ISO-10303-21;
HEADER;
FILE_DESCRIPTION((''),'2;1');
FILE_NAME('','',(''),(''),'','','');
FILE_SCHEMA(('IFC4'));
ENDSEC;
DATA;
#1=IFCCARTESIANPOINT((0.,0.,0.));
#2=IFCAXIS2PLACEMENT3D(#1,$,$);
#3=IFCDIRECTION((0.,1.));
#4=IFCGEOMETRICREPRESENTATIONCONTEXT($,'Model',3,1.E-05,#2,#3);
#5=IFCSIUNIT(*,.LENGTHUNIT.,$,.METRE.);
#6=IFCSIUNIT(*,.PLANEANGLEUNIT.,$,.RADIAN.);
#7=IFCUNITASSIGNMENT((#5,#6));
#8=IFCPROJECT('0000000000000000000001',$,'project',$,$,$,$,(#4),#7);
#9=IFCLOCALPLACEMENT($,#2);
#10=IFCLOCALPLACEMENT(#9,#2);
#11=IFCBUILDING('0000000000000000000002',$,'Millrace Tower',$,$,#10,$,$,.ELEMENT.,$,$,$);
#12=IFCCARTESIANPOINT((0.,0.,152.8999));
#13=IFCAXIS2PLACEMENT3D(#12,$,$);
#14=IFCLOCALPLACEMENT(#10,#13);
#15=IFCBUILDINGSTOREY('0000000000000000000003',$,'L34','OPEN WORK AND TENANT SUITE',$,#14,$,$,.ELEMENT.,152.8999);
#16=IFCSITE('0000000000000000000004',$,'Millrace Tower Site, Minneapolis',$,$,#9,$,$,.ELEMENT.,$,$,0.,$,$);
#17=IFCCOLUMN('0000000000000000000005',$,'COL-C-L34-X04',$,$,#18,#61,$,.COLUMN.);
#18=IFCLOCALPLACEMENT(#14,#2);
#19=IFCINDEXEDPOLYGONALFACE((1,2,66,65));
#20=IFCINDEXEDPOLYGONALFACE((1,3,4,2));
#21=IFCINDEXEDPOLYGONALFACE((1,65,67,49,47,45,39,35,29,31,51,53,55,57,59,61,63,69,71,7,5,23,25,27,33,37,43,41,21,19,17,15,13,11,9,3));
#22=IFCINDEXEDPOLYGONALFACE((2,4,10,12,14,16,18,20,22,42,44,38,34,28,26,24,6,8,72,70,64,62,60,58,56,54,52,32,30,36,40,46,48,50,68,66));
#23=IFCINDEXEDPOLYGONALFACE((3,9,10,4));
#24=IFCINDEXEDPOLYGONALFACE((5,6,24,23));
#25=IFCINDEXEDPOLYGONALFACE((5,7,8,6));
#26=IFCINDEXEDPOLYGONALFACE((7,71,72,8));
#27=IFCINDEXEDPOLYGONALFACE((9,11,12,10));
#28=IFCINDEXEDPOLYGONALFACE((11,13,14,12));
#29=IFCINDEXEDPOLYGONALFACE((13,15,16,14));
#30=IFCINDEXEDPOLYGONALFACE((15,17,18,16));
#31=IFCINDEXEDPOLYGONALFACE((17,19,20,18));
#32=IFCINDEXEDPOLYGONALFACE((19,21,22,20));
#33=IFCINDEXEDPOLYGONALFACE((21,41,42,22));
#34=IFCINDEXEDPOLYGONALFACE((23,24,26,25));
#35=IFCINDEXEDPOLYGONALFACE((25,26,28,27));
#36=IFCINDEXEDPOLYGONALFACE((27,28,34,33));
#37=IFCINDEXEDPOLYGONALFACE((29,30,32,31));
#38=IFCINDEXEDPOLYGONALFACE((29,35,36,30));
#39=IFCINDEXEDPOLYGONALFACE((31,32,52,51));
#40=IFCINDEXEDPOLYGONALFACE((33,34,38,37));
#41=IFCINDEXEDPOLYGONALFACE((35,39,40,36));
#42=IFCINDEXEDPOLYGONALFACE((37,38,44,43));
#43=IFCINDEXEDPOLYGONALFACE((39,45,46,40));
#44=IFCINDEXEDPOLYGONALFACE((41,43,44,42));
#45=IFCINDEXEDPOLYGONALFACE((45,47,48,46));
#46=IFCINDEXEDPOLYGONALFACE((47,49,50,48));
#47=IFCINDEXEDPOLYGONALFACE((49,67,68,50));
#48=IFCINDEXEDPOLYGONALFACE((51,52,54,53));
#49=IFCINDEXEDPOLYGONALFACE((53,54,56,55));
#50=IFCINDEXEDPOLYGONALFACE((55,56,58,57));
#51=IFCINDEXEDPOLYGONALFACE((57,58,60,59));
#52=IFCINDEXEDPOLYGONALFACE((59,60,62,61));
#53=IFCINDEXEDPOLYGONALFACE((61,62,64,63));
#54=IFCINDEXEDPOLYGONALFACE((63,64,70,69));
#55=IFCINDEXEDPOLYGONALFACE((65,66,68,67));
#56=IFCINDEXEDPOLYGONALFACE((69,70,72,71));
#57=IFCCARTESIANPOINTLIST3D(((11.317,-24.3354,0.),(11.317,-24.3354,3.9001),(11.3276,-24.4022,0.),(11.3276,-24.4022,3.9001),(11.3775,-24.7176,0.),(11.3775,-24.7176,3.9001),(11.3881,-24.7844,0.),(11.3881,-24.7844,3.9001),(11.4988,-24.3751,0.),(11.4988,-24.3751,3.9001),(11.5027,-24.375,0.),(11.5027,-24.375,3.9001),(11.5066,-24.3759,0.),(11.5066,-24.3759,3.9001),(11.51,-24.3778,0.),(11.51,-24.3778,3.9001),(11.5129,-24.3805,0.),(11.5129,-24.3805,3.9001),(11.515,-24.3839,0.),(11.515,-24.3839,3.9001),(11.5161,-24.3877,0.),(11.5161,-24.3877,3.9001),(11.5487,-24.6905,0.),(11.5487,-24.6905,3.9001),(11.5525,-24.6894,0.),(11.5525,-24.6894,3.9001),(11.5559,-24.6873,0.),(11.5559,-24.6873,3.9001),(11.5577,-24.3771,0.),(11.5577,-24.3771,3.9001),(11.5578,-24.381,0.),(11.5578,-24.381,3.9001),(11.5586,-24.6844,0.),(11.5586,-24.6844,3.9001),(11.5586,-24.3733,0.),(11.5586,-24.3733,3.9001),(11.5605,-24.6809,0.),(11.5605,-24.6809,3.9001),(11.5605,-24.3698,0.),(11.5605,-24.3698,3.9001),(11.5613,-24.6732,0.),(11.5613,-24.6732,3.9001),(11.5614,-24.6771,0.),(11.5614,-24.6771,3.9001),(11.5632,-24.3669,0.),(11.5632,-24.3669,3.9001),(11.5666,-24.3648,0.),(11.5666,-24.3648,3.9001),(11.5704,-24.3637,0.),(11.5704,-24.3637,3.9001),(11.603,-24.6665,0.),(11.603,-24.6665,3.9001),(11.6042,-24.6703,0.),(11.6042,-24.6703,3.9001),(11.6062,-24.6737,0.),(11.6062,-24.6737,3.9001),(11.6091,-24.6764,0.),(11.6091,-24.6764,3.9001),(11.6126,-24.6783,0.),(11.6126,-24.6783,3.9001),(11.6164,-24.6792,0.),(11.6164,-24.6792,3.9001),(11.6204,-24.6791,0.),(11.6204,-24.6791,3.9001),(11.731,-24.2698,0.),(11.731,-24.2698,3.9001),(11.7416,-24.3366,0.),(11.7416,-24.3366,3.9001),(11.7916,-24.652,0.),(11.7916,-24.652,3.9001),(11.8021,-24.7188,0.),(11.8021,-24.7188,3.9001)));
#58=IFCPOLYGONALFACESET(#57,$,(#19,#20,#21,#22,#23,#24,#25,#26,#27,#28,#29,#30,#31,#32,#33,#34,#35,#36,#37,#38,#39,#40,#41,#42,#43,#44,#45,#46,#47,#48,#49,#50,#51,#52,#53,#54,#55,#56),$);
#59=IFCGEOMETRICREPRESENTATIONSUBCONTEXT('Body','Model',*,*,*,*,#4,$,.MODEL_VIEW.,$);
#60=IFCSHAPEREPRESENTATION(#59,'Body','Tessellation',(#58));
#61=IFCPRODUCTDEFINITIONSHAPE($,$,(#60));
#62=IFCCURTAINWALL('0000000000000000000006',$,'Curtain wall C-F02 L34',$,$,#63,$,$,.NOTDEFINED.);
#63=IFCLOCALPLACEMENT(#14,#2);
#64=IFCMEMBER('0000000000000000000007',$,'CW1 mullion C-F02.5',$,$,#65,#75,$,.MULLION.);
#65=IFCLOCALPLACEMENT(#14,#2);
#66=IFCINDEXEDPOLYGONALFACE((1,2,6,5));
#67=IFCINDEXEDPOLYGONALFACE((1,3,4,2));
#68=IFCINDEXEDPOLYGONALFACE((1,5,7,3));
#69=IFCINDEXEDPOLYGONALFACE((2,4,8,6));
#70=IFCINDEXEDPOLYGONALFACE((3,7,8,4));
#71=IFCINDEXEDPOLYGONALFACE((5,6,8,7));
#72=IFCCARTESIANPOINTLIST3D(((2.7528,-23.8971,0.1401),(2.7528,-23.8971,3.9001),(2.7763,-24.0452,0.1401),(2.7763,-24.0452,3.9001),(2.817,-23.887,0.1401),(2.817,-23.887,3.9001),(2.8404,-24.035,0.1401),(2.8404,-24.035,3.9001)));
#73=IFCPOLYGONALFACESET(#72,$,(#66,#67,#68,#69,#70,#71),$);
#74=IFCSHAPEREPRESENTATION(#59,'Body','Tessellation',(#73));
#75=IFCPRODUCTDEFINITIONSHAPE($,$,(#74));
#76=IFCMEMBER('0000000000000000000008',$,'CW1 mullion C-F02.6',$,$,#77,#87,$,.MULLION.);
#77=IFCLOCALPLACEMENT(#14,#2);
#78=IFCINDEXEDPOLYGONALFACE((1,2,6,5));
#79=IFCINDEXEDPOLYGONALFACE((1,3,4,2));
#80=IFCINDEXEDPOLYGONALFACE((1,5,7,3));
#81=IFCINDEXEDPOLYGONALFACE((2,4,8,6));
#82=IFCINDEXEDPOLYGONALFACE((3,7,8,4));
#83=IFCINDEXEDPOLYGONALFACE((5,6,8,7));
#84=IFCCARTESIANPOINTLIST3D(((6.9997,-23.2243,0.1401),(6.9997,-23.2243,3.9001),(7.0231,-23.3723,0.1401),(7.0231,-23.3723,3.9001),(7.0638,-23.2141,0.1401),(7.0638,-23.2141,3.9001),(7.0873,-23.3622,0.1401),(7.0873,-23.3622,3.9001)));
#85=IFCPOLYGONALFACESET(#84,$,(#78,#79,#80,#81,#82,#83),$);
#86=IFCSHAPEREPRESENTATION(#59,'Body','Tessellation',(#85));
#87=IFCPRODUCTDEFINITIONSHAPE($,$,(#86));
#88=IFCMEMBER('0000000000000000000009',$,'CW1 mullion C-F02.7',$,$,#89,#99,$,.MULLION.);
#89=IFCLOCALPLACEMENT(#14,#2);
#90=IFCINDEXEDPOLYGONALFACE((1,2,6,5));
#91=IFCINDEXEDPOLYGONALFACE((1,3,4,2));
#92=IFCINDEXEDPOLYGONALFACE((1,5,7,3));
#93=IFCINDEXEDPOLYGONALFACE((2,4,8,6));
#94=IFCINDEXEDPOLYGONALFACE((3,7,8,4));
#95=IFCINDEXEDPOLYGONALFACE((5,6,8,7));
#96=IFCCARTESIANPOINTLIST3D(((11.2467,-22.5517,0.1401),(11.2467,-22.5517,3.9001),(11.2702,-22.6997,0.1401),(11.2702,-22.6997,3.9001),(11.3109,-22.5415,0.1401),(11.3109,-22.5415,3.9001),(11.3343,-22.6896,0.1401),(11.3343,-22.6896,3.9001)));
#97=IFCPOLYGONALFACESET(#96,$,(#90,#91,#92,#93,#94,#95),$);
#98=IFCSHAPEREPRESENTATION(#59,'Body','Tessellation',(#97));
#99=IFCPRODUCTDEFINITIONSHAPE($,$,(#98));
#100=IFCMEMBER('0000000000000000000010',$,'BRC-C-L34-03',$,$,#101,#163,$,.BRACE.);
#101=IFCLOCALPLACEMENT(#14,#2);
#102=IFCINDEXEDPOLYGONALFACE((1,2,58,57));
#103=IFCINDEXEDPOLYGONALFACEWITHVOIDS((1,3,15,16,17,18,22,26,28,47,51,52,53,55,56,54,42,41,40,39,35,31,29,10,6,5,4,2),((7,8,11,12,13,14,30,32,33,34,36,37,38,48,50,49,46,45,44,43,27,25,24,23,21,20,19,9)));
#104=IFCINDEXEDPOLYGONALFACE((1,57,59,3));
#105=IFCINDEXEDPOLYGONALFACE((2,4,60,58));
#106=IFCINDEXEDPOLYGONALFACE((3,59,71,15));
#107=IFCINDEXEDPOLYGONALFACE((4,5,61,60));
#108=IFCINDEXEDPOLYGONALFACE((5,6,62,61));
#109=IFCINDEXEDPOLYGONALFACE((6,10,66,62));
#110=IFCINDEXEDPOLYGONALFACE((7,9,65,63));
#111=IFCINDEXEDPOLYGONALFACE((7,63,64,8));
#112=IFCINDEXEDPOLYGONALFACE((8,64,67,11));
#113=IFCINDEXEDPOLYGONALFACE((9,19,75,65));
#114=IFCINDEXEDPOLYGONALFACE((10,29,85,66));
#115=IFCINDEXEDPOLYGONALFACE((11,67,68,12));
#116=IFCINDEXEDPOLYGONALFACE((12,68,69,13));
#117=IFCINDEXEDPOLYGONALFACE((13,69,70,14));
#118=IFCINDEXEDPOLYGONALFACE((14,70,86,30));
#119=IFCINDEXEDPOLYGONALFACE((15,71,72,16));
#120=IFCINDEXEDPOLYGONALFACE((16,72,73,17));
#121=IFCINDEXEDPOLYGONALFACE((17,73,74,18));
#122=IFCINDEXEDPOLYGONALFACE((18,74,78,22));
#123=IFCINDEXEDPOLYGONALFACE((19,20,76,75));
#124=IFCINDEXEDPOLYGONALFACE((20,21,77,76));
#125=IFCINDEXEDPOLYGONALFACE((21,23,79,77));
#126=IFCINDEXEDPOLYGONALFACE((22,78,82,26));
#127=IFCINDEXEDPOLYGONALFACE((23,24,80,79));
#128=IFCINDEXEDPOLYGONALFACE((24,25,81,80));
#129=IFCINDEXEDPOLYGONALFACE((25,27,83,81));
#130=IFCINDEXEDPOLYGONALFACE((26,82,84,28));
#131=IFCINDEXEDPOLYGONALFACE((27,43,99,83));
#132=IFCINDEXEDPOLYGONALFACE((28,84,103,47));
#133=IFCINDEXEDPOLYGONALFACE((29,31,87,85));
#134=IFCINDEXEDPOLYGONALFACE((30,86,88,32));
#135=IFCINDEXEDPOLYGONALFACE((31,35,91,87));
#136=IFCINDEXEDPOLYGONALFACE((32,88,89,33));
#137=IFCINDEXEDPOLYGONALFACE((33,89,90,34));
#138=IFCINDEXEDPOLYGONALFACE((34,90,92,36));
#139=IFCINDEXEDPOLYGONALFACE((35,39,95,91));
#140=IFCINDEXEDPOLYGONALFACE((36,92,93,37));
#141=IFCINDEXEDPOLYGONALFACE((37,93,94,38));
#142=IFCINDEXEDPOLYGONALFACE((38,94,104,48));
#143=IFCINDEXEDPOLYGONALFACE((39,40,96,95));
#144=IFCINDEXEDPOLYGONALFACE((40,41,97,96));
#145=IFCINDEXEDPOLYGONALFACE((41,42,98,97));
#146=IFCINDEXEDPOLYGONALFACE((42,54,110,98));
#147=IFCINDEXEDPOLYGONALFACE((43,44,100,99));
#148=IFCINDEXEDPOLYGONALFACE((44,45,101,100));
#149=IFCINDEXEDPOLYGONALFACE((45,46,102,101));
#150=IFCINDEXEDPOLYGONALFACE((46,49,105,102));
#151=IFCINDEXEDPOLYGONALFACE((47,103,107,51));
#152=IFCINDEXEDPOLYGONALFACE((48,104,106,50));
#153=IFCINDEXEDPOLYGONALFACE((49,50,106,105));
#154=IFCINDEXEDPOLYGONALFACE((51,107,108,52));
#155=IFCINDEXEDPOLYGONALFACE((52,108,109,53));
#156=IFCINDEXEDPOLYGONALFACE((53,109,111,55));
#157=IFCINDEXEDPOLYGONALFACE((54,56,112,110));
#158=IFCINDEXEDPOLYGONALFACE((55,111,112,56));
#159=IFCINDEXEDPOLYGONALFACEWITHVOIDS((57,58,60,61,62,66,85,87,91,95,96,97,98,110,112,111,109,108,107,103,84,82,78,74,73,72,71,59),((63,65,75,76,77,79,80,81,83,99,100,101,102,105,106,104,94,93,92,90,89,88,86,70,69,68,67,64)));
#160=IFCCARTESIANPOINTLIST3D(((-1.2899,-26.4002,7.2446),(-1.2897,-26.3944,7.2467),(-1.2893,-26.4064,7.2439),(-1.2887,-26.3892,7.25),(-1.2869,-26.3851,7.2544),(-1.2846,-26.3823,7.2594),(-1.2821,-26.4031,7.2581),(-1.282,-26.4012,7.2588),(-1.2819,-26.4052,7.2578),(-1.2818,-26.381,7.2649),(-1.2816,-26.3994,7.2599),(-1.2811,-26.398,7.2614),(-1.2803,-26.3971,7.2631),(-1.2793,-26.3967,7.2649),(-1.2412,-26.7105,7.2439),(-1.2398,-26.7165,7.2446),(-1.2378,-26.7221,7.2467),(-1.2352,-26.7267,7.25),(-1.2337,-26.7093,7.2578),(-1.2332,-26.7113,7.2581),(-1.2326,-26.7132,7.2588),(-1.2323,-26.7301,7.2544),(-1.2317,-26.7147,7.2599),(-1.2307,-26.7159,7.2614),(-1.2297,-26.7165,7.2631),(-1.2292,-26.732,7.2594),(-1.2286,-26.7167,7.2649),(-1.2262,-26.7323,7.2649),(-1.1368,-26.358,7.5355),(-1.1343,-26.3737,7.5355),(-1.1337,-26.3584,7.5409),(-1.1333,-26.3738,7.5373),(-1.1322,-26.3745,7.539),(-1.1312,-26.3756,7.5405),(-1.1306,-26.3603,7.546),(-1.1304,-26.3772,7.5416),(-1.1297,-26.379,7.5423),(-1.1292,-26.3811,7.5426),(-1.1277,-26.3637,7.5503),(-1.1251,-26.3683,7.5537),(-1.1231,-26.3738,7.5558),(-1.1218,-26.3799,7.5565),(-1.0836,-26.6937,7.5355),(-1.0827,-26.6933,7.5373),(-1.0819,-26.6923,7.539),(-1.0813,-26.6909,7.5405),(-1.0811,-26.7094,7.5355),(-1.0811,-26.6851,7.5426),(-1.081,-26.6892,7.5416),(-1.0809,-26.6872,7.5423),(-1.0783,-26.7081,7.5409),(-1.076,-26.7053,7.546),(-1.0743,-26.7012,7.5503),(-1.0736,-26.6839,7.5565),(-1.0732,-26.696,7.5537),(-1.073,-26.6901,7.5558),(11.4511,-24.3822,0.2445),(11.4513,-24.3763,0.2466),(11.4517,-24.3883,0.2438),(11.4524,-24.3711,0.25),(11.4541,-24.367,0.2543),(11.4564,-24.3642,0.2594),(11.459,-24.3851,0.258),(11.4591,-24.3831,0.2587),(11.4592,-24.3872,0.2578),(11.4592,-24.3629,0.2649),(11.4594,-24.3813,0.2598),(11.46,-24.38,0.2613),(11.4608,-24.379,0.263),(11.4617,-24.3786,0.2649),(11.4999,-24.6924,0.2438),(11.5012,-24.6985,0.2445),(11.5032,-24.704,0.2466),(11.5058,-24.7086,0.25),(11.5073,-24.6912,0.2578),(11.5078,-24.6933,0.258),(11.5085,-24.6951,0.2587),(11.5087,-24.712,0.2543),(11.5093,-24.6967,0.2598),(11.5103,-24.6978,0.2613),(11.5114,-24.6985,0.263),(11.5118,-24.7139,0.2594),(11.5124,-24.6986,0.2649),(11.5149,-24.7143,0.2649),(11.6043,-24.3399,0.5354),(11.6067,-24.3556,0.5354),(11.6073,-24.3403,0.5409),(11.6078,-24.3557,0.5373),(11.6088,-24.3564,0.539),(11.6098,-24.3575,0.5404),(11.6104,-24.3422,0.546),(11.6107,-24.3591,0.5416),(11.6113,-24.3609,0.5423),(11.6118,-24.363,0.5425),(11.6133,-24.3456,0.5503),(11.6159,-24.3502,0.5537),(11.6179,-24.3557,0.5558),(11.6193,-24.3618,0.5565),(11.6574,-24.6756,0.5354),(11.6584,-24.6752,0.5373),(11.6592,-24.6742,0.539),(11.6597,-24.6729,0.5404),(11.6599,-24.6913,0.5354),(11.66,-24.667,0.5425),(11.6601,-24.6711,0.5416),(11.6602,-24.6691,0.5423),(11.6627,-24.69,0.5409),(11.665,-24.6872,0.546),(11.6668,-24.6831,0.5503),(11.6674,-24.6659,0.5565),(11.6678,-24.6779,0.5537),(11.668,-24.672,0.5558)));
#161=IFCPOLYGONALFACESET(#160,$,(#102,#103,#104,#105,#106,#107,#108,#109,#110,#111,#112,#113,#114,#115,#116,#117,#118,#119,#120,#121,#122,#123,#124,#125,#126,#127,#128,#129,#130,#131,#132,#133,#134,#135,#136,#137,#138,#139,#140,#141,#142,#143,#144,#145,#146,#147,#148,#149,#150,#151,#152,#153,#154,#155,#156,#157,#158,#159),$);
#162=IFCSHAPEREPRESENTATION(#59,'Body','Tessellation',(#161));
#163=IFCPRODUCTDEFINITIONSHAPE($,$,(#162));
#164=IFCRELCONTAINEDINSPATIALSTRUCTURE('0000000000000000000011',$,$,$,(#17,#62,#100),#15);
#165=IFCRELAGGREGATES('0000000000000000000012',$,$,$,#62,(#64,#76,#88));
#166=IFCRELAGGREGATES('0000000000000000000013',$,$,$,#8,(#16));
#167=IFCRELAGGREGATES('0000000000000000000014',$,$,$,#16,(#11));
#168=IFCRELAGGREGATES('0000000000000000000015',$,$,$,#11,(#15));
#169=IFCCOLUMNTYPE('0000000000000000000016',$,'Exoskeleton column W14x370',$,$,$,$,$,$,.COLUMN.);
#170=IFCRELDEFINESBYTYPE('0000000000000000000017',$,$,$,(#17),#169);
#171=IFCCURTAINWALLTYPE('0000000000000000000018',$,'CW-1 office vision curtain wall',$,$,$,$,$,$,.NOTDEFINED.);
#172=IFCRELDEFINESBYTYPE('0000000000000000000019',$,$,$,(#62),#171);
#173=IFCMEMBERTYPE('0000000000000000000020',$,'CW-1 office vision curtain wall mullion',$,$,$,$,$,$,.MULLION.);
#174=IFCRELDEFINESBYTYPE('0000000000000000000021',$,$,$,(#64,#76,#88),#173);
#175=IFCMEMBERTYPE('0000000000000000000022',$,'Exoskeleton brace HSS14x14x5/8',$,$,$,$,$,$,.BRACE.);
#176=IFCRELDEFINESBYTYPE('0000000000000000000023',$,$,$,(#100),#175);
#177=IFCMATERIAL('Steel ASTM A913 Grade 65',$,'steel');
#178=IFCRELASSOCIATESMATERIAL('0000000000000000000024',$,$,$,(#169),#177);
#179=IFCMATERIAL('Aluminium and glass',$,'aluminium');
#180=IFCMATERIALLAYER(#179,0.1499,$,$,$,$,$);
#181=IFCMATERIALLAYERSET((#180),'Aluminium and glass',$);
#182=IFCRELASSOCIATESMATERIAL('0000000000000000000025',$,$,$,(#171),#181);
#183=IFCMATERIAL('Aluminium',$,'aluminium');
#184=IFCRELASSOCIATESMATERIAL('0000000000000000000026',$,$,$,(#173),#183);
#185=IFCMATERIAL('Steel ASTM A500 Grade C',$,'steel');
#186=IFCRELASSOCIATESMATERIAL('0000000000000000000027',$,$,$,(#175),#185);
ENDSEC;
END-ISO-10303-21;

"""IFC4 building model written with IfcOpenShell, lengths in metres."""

from ifc_helpers import new_model, si_unit, direction, frame, origin, origin_2d, place, context, subcontext, project, spatial, rectangle, hollow_rectangle, i_section, extrude, material, layer, layer_set, material_profile, profile_set, type_object, element, aggregate, save


model = new_model("IFC4")

# Units and contexts
model_context = context("Model", 3, precision=1e-05, world=origin(), true_north=direction((0.0, 1.0)))
body_context = subcontext(model_context, "Body", "Model", "MODEL_VIEW")
ifc_project = project(units=[si_unit("LENGTHUNIT", "METRE"), si_unit("PLANEANGLEUNIT", "RADIAN")], contexts=[model_context])

# Site, building, storey
site_placement = place(None, origin())
site = spatial("IfcSite", under=ifc_project, at=site_placement, Name="Millrace Tower Site, Minneapolis", CompositionType="ELEMENT", RefElevation=0.0)
building_placement = place(site_placement, origin())
building = spatial("IfcBuilding", under=site, at=building_placement, Name="Millrace Tower", CompositionType="ELEMENT")
storey_placement = place(building_placement, frame((0.0, 0.0, 152.8999)))
storey = spatial("IfcBuildingStorey", under=building, at=storey_placement, Name="L34", Description="OPEN WORK AND TENANT SUITE", CompositionType="ELEMENT", Elevation=152.8999)

# Column
ifc_material_1 = material(Name="Steel ASTM A913 Grade 65", Category="steel")
ifc_material_profile_1 = material_profile(ifc_material_1, i_section(OverallWidth=0.4192, OverallDepth=0.4546, WebThickness=0.0422, FlangeThickness=0.0676, FilletRadius=0.0151, at=origin_2d()))
ifc_profile_set_1 = profile_set([ifc_material_profile_1], Name="Steel ASTM A913 Grade 65")
column_type = type_object("IfcColumnType", Name="Exoskeleton column W14x370", PredefinedType="COLUMN", material=ifc_profile_set_1)
column_placement = place(storey_placement, frame((11.5596, -24.5271, 0.0), z_axis=(0.0, 0.0, 1.0), x_axis=(0.987688, 0.156434, 0.0)))
element("IfcColumn", 1, at=column_placement, inside=storey, type_object=column_type, Name="COL-C-L34-X04", PredefinedType="COLUMN", context=body_context, shape_type="SweptSolid", body=[
    extrude(i_section(OverallWidth=0.4192, OverallDepth=0.4546, WebThickness=0.0422, FlangeThickness=0.0676, FilletRadius=0.0151, at=origin_2d()), origin(), (0.0, 0.0, 1.0), 3.9001),
])

# Curtain wall, members
ifc_material_2 = material(Name="Aluminium and glass", Category="aluminium")
ifc_layer_1 = layer(ifc_material_2, 0.1499)
ifc_layer_set_1 = layer_set([ifc_layer_1], Name="Aluminium and glass")
curtain_wall_type = type_object("IfcCurtainWallType", Name="CW-1 office vision curtain wall", PredefinedType="NOTDEFINED", material=ifc_layer_set_1)
placement = place(storey_placement, origin())
curtain_wall = element("IfcCurtainWall", 2, at=placement, inside=storey, type_object=curtain_wall_type, Name="Curtain wall C-F02 L34", PredefinedType="NOTDEFINED")
ifc_material_3 = material(Name="Aluminium", Category="aluminium")
ifc_material_profile_2 = material_profile(ifc_material_3, rectangle(XDim=0.0649, YDim=0.1499, at=origin_2d()))
ifc_profile_set_2 = profile_set([ifc_material_profile_2], Name="Aluminium")
member_type_1 = type_object("IfcMemberType", Name="CW-1 office vision curtain wall mullion", PredefinedType="MULLION", material=ifc_profile_set_2)
member_1_placement = place(storey_placement, frame((2.7966, -23.9661, 0.1401), z_axis=(0.0, 0.0, 1.0), x_axis=(0.987688, 0.156434, 0.0)))
member_1 = element("IfcMember", 3, at=member_1_placement, type_object=member_type_1, Name="CW1 mullion C-F02.5", PredefinedType="MULLION", context=body_context, shape_type="SweptSolid", body=[
    extrude(rectangle(XDim=0.0649, YDim=0.1499, at=origin_2d()), origin(), (0.0, 0.0, 1.0), 3.76),
])
member_2_placement = place(storey_placement, frame((7.0435, -23.2932, 0.1401), z_axis=(0.0, 0.0, 1.0), x_axis=(0.987688, 0.156434, 0.0)))
member_2 = element("IfcMember", 4, at=member_2_placement, type_object=member_type_1, Name="CW1 mullion C-F02.6", PredefinedType="MULLION", context=body_context, shape_type="SweptSolid", body=[
    extrude(rectangle(XDim=0.0649, YDim=0.1499, at=origin_2d()), origin(), (0.0, 0.0, 1.0), 3.76),
])
member_3_placement = place(storey_placement, frame((11.2905, -22.6206, 0.1401), z_axis=(0.0, 0.0, 1.0), x_axis=(0.987688, 0.156434, 0.0)))
member_3 = element("IfcMember", 5, at=member_3_placement, type_object=member_type_1, Name="CW1 mullion C-F02.7", PredefinedType="MULLION", context=body_context, shape_type="SweptSolid", body=[
    extrude(rectangle(XDim=0.0649, YDim=0.1499, at=origin_2d()), origin(), (0.0, 0.0, 1.0), 3.76),
])
aggregate(curtain_wall, [member_1, member_2, member_3])

# Member
ifc_material_4 = material(Name="Steel ASTM A500 Grade C", Category="steel")
ifc_material_profile_3 = material_profile(ifc_material_4, hollow_rectangle(XDim=0.3557, YDim=0.3557, WallThickness=0.0159, InnerFilletRadius=0.0081, OuterFilletRadius=0.0239, at=origin_2d()))
ifc_profile_set_3 = profile_set([ifc_material_profile_3], Name="Steel ASTM A500 Grade C")
member_type_2 = type_object("IfcMemberType", Name="Exoskeleton brace HSS14x14x5/8", PredefinedType="BRACE", material=ifc_profile_set_3)
member_4_placement = place(storey_placement, frame((11.5596, -24.5271, 0.4001), z_axis=(-0.86811, -0.137502, 0.476947), x_axis=(0.156442, -0.987687, 0.0)))
element("IfcMember", 6, at=member_4_placement, inside=storey, type_object=member_type_2, Name="BRC-C-L34-03", PredefinedType="BRACE", context=body_context, shape_type="SweptSolid", body=[
    extrude(hollow_rectangle(XDim=0.3557, YDim=0.3557, WallThickness=0.0159, InnerFilletRadius=0.0081, OuterFilletRadius=0.0239, at=origin_2d()), origin(), (0.0, 0.0, 1.0), 14.6768),
])

save(model, "model.ifc")
